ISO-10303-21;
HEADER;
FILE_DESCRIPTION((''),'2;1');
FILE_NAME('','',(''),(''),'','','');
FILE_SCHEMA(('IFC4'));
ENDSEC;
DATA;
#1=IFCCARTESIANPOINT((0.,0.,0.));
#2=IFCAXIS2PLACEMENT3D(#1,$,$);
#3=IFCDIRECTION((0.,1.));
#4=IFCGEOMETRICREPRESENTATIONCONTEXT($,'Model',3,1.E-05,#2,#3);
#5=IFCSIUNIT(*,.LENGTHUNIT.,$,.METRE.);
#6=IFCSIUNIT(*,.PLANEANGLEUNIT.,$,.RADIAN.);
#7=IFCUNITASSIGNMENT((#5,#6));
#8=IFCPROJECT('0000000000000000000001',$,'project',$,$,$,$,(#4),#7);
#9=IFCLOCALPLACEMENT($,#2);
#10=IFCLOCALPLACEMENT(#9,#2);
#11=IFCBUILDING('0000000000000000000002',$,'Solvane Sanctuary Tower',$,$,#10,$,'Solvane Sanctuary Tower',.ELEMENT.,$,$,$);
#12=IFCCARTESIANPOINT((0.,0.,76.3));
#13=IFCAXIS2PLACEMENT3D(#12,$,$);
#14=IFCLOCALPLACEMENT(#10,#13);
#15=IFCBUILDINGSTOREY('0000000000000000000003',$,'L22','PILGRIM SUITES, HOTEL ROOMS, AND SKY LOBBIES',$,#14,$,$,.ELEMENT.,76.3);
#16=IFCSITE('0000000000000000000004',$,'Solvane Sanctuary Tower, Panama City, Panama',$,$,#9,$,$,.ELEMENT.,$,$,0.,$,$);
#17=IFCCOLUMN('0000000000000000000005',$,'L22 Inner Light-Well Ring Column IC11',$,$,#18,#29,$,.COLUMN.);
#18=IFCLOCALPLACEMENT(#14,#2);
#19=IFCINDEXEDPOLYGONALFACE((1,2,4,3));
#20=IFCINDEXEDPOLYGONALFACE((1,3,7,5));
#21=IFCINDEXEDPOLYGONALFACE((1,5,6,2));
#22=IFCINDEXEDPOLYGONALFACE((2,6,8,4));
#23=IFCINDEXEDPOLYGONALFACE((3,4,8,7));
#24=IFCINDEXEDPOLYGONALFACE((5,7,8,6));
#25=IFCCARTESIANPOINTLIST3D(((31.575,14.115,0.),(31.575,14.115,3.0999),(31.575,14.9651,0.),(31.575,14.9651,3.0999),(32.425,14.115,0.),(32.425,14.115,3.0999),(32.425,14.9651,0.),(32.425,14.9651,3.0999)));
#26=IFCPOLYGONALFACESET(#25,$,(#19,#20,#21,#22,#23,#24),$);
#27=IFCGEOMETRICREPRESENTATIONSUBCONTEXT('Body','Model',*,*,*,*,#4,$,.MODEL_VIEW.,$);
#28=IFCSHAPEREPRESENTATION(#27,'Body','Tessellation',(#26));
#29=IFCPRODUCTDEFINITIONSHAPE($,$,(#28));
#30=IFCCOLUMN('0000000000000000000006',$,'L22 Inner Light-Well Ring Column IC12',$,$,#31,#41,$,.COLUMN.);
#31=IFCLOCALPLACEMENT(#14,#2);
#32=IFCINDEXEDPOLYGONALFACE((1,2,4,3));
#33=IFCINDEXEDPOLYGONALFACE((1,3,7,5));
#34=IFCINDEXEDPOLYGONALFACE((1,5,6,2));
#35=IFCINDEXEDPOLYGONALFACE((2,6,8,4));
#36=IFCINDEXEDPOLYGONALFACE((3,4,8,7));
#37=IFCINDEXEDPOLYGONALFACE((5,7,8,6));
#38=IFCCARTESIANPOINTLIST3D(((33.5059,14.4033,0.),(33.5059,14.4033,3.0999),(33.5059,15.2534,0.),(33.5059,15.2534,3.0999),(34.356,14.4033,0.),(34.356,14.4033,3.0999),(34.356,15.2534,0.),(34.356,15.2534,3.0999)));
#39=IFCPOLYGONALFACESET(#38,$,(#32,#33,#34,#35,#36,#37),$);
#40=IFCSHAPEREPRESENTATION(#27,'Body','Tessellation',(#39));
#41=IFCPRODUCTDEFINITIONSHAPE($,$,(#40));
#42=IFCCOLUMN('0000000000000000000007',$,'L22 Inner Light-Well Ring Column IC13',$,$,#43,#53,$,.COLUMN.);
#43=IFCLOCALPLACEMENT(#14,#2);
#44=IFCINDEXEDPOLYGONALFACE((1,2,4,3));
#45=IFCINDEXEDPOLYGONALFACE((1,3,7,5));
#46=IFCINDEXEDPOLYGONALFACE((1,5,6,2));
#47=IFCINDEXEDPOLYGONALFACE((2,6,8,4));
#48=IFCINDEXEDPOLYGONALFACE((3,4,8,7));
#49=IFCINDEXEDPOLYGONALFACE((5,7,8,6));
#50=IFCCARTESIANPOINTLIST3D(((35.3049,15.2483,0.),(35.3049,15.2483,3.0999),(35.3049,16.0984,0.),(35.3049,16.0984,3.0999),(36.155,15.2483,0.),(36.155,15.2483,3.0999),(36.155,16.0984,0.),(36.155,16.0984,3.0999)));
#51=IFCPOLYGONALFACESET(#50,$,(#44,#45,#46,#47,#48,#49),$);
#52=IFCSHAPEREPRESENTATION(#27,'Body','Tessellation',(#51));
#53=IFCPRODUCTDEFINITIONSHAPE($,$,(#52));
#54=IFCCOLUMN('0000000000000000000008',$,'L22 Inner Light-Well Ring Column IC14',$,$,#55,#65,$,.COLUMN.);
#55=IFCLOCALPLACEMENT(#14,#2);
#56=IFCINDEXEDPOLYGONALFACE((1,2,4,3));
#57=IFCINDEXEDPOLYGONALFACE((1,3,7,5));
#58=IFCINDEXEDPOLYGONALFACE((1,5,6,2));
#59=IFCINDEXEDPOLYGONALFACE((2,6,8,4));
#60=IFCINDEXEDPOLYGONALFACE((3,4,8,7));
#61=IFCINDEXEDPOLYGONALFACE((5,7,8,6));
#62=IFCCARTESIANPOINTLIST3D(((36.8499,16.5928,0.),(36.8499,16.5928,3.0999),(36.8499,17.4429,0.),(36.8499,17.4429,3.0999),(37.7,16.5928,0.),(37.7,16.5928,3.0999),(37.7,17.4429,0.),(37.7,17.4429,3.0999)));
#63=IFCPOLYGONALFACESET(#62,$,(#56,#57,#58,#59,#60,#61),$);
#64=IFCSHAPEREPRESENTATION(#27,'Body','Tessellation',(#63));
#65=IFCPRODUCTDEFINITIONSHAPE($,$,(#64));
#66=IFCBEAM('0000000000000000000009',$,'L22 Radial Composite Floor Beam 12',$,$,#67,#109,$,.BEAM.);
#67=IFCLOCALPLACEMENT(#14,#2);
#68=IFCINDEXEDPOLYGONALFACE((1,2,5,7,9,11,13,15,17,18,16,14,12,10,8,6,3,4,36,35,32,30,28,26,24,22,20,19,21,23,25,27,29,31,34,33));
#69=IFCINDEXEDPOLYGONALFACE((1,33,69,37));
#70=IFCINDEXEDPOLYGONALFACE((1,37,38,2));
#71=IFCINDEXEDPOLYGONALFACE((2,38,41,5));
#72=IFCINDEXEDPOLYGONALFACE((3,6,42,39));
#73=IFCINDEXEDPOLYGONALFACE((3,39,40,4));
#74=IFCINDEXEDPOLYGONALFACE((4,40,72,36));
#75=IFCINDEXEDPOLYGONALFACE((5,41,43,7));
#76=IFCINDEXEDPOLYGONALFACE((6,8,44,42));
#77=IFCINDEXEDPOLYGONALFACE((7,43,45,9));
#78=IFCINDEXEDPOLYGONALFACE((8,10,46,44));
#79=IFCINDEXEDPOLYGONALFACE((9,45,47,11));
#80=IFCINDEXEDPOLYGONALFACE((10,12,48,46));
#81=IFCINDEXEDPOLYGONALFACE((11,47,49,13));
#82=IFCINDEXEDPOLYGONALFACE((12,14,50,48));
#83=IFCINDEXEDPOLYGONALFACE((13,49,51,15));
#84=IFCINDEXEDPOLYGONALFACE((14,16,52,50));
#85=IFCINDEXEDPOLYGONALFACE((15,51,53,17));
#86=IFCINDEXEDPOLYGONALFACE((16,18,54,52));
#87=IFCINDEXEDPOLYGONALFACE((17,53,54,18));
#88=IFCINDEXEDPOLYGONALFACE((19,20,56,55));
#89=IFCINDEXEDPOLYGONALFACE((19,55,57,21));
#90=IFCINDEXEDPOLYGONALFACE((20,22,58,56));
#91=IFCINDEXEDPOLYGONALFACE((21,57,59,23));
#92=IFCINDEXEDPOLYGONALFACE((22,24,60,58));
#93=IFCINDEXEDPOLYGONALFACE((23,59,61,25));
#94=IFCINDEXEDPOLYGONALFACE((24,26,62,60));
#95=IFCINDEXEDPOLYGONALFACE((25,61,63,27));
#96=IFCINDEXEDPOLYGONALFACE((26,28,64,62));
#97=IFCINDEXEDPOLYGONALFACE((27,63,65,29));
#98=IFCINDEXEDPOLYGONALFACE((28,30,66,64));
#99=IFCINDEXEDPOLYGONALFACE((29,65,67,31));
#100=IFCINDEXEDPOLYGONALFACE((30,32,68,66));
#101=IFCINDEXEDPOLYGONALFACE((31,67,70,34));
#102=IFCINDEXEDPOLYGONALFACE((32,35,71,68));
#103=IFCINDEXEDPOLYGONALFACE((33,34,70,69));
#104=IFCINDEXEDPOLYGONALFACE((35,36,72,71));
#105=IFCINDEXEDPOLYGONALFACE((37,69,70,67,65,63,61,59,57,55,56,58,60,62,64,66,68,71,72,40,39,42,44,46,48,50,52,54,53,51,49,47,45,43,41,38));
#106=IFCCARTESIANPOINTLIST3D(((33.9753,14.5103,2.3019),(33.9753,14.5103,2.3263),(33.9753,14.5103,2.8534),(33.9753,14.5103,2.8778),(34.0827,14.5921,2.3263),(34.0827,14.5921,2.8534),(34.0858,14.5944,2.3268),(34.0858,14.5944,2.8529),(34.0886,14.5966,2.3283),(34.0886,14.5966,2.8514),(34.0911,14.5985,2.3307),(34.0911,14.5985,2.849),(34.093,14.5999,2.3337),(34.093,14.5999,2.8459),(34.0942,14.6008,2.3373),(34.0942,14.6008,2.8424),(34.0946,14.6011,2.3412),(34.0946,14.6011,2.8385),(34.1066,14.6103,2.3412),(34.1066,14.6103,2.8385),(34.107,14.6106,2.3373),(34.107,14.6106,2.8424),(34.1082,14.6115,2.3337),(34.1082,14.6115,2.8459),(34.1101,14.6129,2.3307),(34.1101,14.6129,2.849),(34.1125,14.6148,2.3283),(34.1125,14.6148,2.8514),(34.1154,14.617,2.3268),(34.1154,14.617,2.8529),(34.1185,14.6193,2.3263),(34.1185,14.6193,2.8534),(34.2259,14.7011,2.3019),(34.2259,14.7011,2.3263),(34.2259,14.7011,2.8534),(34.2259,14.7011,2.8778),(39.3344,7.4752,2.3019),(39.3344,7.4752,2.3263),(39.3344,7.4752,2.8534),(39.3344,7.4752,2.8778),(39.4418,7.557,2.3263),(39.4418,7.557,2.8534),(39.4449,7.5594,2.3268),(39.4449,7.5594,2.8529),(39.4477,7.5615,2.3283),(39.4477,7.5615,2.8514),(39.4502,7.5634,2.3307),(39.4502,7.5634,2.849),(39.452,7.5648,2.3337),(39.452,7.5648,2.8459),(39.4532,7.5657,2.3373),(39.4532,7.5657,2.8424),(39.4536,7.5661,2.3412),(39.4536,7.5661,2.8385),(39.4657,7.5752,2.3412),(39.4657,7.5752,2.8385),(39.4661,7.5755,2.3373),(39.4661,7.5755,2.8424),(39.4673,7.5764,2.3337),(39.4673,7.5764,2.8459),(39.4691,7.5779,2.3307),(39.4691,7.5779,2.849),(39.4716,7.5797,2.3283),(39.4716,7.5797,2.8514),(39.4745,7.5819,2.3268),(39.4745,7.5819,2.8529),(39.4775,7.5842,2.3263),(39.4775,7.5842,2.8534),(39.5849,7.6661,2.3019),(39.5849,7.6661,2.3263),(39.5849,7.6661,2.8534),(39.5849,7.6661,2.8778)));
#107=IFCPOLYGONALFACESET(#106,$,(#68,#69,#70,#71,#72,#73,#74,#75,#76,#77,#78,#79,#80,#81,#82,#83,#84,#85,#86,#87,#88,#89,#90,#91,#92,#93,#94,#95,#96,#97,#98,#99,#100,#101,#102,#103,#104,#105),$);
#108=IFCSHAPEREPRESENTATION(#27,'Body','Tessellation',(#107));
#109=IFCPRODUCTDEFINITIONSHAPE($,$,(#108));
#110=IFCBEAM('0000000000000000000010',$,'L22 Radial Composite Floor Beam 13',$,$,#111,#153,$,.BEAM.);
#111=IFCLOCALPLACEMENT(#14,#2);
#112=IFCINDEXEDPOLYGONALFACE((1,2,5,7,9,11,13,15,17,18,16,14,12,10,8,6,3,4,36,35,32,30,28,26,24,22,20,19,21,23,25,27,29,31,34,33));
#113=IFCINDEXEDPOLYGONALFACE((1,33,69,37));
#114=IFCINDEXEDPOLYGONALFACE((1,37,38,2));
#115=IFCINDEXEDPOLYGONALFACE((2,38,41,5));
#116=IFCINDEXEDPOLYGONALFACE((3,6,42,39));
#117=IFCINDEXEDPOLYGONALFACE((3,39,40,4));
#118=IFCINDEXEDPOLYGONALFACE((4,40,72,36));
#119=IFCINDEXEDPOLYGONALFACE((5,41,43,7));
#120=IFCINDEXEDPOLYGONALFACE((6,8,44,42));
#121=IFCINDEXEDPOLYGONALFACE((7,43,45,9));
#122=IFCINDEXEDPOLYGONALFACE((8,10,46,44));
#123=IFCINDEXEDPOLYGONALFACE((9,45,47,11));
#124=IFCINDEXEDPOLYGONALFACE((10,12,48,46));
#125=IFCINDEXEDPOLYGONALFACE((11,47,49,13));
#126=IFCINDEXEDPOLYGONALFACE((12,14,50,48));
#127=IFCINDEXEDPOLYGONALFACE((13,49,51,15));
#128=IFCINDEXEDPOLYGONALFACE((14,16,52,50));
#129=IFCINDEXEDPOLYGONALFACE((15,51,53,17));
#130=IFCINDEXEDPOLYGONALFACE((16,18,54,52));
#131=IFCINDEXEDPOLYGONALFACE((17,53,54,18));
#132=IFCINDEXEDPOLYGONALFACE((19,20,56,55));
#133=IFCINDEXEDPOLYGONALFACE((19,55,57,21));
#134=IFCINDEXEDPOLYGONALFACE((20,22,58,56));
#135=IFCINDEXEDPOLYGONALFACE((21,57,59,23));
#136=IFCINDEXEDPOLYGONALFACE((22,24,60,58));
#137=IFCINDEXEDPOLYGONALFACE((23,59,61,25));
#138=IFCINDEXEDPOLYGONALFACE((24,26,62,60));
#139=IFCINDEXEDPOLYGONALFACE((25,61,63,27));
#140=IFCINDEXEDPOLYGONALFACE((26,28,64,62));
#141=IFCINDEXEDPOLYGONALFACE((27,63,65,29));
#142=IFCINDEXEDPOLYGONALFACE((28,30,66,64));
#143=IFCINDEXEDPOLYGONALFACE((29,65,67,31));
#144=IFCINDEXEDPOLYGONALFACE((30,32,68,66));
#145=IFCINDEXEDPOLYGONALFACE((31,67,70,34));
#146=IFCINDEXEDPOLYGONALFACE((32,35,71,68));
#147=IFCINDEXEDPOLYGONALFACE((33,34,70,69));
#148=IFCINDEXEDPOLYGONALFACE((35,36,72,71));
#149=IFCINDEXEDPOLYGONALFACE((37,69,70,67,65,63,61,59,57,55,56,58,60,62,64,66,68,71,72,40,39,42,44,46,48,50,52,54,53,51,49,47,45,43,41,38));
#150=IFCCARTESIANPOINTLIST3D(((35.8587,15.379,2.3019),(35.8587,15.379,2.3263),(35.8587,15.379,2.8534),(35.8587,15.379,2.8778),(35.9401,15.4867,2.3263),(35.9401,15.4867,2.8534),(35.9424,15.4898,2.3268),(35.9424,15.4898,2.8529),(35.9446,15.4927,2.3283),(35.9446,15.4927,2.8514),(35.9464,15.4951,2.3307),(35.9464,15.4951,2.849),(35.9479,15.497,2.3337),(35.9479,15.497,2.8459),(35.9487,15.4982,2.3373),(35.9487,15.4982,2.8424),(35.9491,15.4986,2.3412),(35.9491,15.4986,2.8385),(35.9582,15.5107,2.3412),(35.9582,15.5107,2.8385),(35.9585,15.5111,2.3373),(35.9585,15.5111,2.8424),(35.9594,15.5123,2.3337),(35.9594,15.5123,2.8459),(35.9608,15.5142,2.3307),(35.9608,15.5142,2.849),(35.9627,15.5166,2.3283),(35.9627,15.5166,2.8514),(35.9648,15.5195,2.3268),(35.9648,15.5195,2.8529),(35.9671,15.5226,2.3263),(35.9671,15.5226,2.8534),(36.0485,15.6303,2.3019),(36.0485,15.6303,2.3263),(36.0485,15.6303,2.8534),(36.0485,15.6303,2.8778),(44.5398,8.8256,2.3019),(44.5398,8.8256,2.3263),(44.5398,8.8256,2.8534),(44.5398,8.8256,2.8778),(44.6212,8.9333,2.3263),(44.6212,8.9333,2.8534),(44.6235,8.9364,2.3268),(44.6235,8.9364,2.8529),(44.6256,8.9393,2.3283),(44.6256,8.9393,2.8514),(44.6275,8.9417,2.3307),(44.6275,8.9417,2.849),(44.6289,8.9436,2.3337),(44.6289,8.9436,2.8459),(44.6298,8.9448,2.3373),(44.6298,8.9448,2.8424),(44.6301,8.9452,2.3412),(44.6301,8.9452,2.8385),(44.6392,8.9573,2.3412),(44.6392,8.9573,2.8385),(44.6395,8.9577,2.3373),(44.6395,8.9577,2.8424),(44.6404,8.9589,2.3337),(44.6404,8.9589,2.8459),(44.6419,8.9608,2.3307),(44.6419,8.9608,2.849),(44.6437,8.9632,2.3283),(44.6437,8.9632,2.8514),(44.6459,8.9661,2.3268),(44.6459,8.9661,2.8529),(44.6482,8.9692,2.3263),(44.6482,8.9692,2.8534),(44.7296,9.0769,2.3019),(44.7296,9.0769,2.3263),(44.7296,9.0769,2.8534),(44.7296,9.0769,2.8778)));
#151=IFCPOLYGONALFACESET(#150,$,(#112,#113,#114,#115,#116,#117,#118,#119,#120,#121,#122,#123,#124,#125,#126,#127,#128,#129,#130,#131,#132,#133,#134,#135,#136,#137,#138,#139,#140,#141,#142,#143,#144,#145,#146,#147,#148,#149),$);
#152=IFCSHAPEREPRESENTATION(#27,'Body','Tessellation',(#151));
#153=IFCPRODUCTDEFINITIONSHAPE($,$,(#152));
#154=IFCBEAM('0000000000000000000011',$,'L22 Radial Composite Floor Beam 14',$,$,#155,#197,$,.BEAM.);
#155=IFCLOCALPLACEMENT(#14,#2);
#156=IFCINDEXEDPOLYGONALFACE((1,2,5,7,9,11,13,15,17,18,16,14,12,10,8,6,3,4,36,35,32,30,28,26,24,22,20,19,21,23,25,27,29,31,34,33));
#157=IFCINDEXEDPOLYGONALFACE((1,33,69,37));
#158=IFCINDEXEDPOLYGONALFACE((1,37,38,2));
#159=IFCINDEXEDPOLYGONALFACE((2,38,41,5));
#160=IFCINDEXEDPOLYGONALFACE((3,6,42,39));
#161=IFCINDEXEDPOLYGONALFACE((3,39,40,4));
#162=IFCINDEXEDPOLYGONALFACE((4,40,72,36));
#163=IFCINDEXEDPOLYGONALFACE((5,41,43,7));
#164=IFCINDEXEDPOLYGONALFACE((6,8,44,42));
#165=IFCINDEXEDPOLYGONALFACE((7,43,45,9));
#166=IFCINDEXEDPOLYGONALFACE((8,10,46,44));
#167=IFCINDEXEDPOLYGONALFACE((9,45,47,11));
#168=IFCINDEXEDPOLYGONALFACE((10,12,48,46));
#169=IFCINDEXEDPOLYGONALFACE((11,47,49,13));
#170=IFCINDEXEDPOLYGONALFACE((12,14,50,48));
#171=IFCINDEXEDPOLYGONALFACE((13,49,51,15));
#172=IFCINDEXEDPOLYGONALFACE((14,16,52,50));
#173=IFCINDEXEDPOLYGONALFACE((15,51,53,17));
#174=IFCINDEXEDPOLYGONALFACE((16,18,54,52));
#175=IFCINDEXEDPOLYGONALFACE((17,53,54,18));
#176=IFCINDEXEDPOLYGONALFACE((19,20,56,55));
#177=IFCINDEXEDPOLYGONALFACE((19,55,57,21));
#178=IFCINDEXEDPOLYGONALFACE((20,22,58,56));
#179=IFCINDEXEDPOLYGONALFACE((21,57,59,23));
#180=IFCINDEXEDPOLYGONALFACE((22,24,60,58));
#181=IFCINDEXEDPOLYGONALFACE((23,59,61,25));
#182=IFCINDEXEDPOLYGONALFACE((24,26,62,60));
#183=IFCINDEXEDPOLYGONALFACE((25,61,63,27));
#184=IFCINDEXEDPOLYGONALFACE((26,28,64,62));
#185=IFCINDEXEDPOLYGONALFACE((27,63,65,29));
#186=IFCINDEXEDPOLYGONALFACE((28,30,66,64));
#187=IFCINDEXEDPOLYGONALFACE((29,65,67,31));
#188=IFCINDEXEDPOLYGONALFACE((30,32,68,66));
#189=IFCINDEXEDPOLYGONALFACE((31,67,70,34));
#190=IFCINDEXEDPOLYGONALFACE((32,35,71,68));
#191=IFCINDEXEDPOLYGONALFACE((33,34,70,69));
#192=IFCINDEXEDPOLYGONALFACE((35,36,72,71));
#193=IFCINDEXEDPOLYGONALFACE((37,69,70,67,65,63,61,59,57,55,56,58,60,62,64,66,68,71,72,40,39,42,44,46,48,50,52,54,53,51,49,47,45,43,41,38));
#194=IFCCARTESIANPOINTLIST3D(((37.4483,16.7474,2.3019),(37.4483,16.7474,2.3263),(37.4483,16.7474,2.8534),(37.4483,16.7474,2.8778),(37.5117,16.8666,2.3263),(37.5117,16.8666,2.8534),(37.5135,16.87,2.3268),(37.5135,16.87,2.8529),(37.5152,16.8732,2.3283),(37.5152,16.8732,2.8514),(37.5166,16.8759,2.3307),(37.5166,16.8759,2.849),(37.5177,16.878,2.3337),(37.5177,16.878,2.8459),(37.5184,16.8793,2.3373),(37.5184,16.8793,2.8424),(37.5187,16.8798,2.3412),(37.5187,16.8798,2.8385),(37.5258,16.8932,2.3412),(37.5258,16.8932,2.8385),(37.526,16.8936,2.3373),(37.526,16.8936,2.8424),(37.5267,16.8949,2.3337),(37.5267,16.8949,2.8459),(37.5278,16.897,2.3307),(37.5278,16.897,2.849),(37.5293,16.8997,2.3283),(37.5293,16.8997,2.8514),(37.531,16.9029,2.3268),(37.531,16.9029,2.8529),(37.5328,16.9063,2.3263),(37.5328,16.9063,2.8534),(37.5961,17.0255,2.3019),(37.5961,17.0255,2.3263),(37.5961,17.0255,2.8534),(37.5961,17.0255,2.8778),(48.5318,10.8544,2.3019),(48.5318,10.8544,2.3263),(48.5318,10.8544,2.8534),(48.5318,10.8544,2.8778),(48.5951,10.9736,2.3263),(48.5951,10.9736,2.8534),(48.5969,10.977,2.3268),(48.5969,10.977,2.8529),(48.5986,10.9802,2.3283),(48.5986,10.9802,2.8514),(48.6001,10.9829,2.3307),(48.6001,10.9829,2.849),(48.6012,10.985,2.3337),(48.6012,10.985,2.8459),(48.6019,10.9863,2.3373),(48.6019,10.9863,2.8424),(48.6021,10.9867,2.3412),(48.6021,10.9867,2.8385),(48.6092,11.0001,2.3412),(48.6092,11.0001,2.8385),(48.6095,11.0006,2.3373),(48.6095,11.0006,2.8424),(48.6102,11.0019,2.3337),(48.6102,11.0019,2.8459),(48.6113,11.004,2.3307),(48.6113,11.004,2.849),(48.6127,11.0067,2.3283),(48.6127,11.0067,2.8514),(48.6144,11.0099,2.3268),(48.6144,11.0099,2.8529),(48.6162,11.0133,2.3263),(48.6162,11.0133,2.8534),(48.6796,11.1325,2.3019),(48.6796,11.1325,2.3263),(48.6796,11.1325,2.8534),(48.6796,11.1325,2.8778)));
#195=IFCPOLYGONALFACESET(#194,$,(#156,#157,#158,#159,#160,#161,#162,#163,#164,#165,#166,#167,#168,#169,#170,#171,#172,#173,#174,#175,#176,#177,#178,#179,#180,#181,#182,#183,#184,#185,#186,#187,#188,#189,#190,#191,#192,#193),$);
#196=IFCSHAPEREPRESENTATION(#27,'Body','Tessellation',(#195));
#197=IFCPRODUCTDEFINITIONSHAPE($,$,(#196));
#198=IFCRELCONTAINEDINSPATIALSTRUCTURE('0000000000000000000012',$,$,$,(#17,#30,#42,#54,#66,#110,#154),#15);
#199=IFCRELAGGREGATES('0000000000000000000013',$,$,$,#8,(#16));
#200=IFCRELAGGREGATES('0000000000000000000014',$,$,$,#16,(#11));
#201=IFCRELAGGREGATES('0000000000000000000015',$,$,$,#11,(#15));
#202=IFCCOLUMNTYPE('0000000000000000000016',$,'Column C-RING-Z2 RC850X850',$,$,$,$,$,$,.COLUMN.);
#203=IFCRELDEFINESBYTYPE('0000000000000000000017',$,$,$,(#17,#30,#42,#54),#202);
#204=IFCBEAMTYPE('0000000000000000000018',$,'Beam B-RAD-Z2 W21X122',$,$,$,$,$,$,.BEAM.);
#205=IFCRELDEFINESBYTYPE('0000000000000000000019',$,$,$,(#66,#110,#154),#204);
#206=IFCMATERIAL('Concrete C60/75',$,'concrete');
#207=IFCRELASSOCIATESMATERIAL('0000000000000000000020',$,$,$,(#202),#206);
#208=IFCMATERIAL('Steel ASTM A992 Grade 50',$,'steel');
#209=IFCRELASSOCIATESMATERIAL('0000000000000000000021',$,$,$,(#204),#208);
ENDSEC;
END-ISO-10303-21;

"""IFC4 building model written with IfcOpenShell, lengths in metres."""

from ifc_helpers import new_model, si_unit, direction, frame, origin, origin_2d, place, context, subcontext, project, spatial, rectangle, i_section, extrude, material, material_profile, profile_set, type_object, element, save


model = new_model("IFC4")

# Units and contexts
model_context = context("Model", 3, precision=1e-05, world=origin(), true_north=direction((0.0, 1.0)))
body_context = subcontext(model_context, "Body", "Model", "MODEL_VIEW")
ifc_project = project(units=[si_unit("LENGTHUNIT", "METRE"), si_unit("PLANEANGLEUNIT", "RADIAN")], contexts=[model_context])

# Site, building, storey
site_placement = place(None, origin())
site = spatial("IfcSite", under=ifc_project, at=site_placement, Name="Solvane Sanctuary Tower, Panama City, Panama", CompositionType="ELEMENT", RefElevation=0.0)
building_placement = place(site_placement, origin())
building = spatial("IfcBuilding", under=site, at=building_placement, Name="Solvane Sanctuary Tower", LongName="Solvane Sanctuary Tower", CompositionType="ELEMENT")
storey_placement = place(building_placement, frame((0.0, 0.0, 76.3)))
storey = spatial("IfcBuildingStorey", under=building, at=storey_placement, Name="L22", Description="PILGRIM SUITES, HOTEL ROOMS, AND SKY LOBBIES", CompositionType="ELEMENT", Elevation=76.3)

# Columns
ifc_material_1 = material(Name="Concrete C60/75", Category="concrete")
ifc_material_profile_1 = material_profile(ifc_material_1, rectangle(XDim=0.8501, YDim=0.8501, at=origin_2d()), Name="RC850X850")
ifc_profile_set_1 = profile_set([ifc_material_profile_1], Name="Concrete C60/75")
column_type = type_object("IfcColumnType", Name="Column C-RING-Z2 RC850X850", PredefinedType="COLUMN", material=ifc_profile_set_1)
for number, where, z_axis, x_axis, name in (
    (1, (32.0, 14.54, 0.0), (0.0, 0.0, 1.0), (1.0, 0.0, 0.0), "L22 Inner Light-Well Ring Column IC11"),
    (2, (33.9309, 14.8284, 0.0), (0.0, 0.0, 1.0), (1.0, 0.0, 0.0), "L22 Inner Light-Well Ring Column IC12"),
    (3, (35.73, 15.6733, 0.0), (0.0, 0.0, 1.0), (1.0, 0.0, 0.0), "L22 Inner Light-Well Ring Column IC13"),
    (4, (37.2749, 17.0178, 0.0), (0.0, 0.0, 1.0), (1.0, 0.0, 0.0), "L22 Inner Light-Well Ring Column IC14"),
):
    element("IfcColumn", number, at=place(storey_placement, frame(where, z_axis=z_axis, x_axis=x_axis)), inside=storey, type_object=column_type, Name=name, PredefinedType="COLUMN", context=body_context, shape_type="SweptSolid", body=[
        extrude(rectangle(XDim=0.8501, YDim=0.8501, at=origin_2d()), origin(), (0.0, 0.0, 1.0), 3.0999),
    ])

# Beams
ifc_material_2 = material(Name="Steel ASTM A992 Grade 50", Category="steel")
ifc_material_profile_2 = material_profile(ifc_material_2, i_section(OverallWidth=0.3149, OverallDepth=0.5759, WebThickness=0.0151, FlangeThickness=0.0244, FilletRadius=0.0149, at=origin_2d()), Name="W21X122")
ifc_profile_set_2 = profile_set([ifc_material_profile_2], Name="Steel ASTM A992 Grade 50")
beam_type_1 = type_object("IfcBeamType", Name="Beam B-RAD-Z2 W21X122", PredefinedType="BEAM", material=ifc_profile_set_2)
beam_1_placement = place(storey_placement, frame((34.1006, 14.6057, 2.5898), z_axis=(0.605973, -0.795486, 0.0), x_axis=(0.795486, 0.605973, 0.0)))
element("IfcBeam", 5, at=beam_1_placement, inside=storey, type_object=beam_type_1, Name="L22 Radial Composite Floor Beam 12", PredefinedType="BEAM", context=body_context, shape_type="SweptSolid", body=[
    extrude(i_section(OverallWidth=0.3149, OverallDepth=0.5759, WebThickness=0.0151, FlangeThickness=0.0244, FilletRadius=0.0149, at=origin_2d()), origin(), (0.0, 0.0, 1.0), 8.8438),
])
beam_2_placement = place(storey_placement, frame((35.9536, 15.5046, 2.5898), z_axis=(0.798116, -0.602504, 0.0), x_axis=(0.602504, 0.798116, 0.0)))
element("IfcBeam", 6, at=beam_2_placement, inside=storey, type_object=beam_type_1, Name="L22 Radial Composite Floor Beam 13", PredefinedType="BEAM", context=body_context, shape_type="SweptSolid", body=[
    extrude(i_section(OverallWidth=0.3149, OverallDepth=0.5759, WebThickness=0.0151, FlangeThickness=0.0244, FilletRadius=0.0149, at=origin_2d()), origin(), (0.0, 0.0, 1.0), 10.877),
])
beam_3_placement = place(storey_placement, frame((37.5222, 16.8865, 2.5898), z_axis=(0.882952, -0.469463, 0.0), x_axis=(0.469463, 0.882952, 0.0)))
element("IfcBeam", 7, at=beam_3_placement, inside=storey, type_object=beam_type_1, Name="L22 Radial Composite Floor Beam 14", PredefinedType="BEAM", context=body_context, shape_type="SweptSolid", body=[
    extrude(i_section(OverallWidth=0.3149, OverallDepth=0.5759, WebThickness=0.0151, FlangeThickness=0.0244, FilletRadius=0.0149, at=origin_2d()), origin(), (0.0, 0.0, 1.0), 12.5527),
])

save(model, "model.ifc")
